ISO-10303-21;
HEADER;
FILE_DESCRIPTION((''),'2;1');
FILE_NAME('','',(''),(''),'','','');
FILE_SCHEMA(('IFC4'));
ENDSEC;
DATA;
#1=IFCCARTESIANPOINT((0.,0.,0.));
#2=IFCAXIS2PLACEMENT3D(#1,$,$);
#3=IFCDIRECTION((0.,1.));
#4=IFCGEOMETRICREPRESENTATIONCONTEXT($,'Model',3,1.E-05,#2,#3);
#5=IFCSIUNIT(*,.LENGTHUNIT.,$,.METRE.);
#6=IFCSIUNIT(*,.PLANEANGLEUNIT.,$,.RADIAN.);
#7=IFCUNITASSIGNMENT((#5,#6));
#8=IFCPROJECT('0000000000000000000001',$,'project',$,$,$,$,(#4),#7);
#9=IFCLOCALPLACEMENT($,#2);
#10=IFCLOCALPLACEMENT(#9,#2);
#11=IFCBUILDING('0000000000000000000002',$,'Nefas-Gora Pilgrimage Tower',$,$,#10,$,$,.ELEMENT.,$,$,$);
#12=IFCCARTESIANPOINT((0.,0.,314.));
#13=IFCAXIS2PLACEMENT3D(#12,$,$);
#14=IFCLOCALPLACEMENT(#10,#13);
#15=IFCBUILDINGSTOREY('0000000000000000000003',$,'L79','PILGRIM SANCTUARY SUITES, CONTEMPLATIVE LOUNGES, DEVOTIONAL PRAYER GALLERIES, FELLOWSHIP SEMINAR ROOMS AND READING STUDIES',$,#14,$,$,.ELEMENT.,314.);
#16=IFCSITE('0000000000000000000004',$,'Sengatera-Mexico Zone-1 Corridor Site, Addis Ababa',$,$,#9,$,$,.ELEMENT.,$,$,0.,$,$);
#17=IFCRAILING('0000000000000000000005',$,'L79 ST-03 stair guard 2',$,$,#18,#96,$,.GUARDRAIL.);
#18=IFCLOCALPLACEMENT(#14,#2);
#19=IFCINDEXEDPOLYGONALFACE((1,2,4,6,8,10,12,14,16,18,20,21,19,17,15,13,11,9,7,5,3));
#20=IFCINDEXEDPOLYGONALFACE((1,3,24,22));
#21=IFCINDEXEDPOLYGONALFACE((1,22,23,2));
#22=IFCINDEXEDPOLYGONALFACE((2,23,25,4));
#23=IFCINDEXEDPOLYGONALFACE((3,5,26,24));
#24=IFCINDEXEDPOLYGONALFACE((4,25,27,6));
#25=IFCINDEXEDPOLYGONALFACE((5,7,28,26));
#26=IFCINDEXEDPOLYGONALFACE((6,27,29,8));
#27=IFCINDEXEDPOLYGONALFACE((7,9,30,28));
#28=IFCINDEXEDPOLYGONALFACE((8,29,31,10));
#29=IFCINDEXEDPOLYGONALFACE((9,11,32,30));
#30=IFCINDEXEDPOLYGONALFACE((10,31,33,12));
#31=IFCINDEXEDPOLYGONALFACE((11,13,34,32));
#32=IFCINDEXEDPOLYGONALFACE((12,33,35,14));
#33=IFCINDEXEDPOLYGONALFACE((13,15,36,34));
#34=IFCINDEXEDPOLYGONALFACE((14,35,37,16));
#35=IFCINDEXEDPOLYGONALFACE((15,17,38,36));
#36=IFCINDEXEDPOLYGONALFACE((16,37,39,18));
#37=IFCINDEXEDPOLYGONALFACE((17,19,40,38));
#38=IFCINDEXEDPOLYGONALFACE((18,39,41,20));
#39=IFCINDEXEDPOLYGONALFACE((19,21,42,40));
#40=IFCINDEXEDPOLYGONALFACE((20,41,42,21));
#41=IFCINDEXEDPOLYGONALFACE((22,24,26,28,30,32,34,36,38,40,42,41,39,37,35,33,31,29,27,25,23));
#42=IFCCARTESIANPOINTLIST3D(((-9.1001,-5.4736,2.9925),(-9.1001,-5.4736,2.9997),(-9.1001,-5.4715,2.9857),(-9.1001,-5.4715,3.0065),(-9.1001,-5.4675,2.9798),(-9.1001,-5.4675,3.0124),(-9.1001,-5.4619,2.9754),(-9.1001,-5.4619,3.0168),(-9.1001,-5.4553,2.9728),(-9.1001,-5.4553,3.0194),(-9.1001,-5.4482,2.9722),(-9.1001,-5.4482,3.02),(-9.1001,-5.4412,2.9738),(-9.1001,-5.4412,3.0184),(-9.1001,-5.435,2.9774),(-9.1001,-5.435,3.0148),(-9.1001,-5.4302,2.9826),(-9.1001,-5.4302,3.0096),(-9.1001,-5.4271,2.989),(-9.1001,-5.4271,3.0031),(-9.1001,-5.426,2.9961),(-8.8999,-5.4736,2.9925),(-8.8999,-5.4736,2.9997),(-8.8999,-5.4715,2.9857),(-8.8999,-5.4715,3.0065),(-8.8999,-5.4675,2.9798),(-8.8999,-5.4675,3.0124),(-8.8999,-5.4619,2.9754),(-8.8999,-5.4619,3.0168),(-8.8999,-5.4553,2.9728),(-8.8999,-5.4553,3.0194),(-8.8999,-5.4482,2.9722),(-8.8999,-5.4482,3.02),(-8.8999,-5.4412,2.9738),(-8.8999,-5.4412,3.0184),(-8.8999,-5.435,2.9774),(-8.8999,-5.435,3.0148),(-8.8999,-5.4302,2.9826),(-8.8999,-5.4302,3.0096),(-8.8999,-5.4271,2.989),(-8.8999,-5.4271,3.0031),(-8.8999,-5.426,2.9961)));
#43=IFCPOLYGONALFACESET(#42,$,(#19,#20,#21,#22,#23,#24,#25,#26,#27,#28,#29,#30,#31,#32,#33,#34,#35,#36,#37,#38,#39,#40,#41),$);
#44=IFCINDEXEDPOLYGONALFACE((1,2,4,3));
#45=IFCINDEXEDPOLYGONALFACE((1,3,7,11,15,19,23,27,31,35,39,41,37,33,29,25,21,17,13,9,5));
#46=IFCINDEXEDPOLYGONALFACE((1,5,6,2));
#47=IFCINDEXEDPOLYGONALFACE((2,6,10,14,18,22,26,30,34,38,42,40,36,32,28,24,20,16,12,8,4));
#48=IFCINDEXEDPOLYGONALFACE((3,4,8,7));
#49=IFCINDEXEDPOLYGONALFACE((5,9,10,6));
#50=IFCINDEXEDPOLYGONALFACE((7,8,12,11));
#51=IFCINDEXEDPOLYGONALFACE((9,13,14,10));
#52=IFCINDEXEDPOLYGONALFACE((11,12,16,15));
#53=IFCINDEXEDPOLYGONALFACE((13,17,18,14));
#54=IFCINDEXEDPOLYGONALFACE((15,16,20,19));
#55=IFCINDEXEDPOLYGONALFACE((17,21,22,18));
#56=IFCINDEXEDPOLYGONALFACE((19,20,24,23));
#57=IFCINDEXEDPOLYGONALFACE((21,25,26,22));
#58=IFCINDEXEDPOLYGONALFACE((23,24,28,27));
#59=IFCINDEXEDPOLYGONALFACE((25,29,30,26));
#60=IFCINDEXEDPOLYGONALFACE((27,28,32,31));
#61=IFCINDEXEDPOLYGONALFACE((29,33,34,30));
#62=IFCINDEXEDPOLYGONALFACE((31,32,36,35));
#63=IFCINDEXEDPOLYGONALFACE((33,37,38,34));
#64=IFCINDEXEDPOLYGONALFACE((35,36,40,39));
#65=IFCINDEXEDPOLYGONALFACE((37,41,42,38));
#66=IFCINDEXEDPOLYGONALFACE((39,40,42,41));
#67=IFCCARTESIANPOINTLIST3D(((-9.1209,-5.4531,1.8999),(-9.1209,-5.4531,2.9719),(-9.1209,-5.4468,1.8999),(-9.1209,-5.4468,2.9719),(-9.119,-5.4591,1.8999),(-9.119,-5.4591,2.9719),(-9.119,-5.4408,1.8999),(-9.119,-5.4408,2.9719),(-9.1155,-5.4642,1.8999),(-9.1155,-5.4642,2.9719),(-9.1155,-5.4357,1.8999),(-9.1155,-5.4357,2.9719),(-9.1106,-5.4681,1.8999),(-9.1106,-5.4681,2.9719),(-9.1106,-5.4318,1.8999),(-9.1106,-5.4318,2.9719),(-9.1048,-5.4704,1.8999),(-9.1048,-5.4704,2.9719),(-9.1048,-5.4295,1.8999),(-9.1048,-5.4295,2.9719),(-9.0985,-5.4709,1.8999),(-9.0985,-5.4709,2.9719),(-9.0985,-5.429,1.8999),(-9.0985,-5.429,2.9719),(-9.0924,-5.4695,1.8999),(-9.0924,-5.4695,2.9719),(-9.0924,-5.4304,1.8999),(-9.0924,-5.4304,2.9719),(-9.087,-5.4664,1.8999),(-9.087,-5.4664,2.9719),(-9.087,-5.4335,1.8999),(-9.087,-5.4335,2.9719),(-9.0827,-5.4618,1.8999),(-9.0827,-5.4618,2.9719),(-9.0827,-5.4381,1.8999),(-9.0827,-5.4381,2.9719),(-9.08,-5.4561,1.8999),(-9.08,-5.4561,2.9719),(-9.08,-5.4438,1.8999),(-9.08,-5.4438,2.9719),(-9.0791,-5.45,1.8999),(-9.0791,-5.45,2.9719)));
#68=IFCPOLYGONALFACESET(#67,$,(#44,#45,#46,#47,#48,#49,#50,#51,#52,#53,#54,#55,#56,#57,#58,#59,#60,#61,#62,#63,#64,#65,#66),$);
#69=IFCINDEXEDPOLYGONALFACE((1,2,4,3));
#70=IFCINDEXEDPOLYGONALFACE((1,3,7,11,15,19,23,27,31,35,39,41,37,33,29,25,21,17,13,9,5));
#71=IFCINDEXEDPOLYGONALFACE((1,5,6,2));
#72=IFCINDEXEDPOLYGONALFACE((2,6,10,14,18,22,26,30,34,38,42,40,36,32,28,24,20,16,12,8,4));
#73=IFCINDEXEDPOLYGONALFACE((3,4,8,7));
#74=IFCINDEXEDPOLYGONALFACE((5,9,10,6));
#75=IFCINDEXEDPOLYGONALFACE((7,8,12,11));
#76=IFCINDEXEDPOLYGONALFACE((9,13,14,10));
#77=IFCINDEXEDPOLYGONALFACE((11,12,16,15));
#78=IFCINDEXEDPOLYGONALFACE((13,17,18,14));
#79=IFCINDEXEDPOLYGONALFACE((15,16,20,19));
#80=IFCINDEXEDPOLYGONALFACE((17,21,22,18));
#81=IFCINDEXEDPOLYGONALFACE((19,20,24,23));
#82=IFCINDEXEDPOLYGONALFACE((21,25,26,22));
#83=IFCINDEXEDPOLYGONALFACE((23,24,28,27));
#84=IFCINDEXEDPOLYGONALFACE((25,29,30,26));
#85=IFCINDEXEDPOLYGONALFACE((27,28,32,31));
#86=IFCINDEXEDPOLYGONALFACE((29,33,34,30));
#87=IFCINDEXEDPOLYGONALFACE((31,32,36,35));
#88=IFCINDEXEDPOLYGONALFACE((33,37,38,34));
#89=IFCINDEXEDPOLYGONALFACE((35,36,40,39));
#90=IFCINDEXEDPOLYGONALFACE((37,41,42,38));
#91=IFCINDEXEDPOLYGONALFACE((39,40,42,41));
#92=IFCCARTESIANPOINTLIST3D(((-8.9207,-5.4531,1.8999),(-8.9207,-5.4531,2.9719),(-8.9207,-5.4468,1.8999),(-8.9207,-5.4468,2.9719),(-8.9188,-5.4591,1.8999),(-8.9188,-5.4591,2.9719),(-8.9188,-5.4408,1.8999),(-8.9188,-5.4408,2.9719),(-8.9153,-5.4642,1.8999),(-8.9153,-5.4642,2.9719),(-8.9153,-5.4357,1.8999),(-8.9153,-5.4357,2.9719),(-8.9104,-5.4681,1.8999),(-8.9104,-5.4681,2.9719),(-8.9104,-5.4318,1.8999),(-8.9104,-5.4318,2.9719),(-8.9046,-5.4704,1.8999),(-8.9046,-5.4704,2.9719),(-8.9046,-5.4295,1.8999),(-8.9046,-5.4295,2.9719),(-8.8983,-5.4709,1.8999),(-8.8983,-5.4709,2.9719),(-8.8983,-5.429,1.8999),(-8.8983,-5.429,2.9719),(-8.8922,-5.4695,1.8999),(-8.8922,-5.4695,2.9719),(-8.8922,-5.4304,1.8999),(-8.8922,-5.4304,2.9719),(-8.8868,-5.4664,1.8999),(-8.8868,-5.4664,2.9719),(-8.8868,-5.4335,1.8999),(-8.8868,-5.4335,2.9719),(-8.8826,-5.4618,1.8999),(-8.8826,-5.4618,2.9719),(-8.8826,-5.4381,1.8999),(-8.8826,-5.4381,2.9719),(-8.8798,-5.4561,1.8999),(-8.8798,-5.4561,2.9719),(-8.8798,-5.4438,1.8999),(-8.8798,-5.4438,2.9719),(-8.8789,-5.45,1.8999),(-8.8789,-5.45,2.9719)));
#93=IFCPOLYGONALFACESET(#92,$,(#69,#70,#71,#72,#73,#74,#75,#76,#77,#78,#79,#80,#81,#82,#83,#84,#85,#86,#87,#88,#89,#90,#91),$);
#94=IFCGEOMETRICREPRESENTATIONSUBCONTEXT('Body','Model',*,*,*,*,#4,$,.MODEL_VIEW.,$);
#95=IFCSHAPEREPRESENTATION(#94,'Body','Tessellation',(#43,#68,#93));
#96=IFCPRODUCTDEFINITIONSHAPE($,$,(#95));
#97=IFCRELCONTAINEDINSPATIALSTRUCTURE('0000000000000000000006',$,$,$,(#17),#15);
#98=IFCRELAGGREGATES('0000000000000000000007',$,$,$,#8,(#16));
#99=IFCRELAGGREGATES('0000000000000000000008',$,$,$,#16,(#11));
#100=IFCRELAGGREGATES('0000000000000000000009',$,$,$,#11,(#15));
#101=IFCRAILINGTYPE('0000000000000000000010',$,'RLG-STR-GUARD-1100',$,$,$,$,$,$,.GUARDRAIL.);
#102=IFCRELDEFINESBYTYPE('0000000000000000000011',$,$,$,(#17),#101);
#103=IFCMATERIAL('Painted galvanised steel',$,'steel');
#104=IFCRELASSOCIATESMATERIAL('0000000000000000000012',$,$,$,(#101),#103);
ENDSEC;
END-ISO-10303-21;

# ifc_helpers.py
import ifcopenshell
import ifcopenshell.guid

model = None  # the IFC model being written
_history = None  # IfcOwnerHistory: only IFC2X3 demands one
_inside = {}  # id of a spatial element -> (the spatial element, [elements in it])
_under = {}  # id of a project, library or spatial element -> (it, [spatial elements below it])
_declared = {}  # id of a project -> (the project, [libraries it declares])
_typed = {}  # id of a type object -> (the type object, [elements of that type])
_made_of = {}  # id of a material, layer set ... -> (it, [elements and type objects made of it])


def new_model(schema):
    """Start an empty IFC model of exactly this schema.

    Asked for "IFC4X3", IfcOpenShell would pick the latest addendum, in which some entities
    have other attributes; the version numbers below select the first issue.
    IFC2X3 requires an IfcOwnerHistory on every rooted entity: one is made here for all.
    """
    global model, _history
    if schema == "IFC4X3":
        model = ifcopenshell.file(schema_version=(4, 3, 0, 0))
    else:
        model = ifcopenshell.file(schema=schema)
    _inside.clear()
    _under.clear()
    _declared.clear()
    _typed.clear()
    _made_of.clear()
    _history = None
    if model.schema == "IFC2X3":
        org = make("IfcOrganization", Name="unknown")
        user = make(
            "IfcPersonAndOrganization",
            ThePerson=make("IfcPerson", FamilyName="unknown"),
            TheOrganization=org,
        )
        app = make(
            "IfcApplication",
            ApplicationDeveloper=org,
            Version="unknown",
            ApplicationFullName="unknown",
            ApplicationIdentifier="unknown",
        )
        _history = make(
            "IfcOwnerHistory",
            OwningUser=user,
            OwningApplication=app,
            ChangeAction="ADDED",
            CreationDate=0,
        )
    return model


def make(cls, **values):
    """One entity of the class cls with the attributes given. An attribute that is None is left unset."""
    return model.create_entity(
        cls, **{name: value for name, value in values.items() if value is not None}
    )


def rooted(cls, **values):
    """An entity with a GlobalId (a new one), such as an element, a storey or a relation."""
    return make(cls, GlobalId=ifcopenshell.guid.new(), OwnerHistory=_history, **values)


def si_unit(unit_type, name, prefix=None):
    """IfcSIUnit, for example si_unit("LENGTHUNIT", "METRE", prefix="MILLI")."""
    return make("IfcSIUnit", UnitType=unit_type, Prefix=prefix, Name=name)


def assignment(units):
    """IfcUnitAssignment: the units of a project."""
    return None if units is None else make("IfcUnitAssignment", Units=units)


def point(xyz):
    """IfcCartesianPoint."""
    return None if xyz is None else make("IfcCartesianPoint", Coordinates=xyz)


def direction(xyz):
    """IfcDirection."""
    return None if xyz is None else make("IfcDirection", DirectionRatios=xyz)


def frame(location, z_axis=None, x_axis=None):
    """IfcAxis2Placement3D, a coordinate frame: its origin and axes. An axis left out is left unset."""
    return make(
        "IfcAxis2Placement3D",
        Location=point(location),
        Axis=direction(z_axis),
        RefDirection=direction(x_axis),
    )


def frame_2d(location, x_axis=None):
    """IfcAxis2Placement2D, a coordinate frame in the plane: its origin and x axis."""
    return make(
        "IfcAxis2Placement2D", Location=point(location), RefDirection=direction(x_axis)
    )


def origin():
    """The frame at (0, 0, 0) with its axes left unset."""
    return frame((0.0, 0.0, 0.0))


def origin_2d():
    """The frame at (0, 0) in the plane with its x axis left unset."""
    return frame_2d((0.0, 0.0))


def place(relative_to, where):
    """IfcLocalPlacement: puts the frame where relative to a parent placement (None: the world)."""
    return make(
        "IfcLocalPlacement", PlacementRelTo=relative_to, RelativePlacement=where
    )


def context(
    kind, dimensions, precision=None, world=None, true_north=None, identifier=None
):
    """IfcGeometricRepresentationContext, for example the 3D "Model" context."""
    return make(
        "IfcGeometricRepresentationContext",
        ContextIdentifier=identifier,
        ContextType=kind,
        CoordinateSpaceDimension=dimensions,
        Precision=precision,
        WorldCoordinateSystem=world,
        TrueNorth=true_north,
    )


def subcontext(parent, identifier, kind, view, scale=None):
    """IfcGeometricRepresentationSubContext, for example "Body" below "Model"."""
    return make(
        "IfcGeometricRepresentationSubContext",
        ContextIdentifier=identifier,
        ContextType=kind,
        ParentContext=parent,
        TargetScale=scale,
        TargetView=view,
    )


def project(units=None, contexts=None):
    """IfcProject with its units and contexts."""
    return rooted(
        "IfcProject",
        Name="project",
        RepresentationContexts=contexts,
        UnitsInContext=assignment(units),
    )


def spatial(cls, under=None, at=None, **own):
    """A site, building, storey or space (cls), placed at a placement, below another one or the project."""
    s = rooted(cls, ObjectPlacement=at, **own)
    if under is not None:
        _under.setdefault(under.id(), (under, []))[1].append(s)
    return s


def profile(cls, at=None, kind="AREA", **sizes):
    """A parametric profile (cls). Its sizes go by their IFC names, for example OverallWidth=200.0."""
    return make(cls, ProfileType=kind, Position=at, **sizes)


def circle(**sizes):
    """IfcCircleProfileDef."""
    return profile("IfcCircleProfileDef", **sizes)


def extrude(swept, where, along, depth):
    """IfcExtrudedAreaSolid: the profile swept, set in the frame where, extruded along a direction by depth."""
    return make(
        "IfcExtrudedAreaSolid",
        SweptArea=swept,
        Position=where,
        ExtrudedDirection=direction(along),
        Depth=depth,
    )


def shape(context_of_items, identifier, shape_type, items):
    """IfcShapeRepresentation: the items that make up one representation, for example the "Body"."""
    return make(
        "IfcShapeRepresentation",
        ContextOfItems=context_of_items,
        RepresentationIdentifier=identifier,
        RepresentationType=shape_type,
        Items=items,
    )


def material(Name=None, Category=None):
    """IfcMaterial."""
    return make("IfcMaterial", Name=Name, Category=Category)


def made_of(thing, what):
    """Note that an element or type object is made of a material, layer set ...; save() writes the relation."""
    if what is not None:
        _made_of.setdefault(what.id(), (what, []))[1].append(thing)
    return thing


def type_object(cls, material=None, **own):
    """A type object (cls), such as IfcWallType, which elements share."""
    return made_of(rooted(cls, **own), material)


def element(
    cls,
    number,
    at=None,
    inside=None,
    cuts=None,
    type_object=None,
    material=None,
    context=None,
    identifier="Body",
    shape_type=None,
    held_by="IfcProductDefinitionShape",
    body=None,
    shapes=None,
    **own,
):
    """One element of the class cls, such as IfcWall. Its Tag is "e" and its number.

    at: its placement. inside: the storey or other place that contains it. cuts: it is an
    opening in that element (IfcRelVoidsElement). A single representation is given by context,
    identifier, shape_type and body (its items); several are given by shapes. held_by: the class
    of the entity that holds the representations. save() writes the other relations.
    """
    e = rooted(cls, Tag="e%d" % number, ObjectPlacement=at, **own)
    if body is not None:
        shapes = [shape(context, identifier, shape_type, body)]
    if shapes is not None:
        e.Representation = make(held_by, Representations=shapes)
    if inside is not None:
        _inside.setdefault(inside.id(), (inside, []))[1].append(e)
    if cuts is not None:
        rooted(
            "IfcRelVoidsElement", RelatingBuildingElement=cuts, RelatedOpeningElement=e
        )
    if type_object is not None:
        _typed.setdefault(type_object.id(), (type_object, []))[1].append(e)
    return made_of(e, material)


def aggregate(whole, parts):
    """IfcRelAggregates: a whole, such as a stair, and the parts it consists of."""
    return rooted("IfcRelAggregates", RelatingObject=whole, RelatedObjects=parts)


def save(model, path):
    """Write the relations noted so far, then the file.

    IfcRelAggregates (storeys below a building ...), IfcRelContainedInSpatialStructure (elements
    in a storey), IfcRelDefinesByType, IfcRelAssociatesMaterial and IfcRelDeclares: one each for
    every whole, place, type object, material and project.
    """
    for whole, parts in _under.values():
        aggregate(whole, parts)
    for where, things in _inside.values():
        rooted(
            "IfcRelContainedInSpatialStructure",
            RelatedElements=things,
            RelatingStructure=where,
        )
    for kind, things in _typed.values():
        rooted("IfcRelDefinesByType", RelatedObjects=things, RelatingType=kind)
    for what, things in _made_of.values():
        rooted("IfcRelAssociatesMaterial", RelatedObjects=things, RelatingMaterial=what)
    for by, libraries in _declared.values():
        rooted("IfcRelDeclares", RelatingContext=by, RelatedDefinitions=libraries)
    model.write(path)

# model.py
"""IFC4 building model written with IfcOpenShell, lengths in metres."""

from ifc_helpers import new_model, si_unit, direction, frame, origin, origin_2d, place, context, subcontext, project, spatial, circle, extrude, material, type_object, element, save


model = new_model("IFC4")

# Units and contexts
model_context = context("Model", 3, precision=1e-05, world=origin(), true_north=direction((0.0, 1.0)))
body_context = subcontext(model_context, "Body", "Model", "MODEL_VIEW")
ifc_project = project(units=[si_unit("LENGTHUNIT", "METRE"), si_unit("PLANEANGLEUNIT", "RADIAN")], contexts=[model_context])

# Site, building, storey
site_placement = place(None, origin())
site = spatial("IfcSite", under=ifc_project, at=site_placement, Name="Sengatera-Mexico Zone-1 Corridor Site, Addis Ababa", CompositionType="ELEMENT", RefElevation=0.0)
building_placement = place(site_placement, origin())
building = spatial("IfcBuilding", under=site, at=building_placement, Name="Nefas-Gora Pilgrimage Tower", CompositionType="ELEMENT")
storey_placement = place(building_placement, frame((0.0, 0.0, 314.0)))
storey = spatial("IfcBuildingStorey", under=building, at=storey_placement, Name="L79", Description="PILGRIM SANCTUARY SUITES, CONTEMPLATIVE LOUNGES, DEVOTIONAL PRAYER GALLERIES, FELLOWSHIP SEMINAR ROOMS AND READING STUDIES", CompositionType="ELEMENT", Elevation=314.0)

# Railing
ifc_material_1 = material(Name="Painted galvanised steel", Category="steel")
railing_type_1 = type_object("IfcRailingType", Name="RLG-STR-GUARD-1100", PredefinedType="GUARDRAIL", material=ifc_material_1)
railing_1_placement = place(storey_placement, frame((-9.1001, -5.45, 1.8999)))
element("IfcRailing", 1, at=railing_1_placement, inside=storey, type_object=railing_type_1, Name="L79 ST-03 stair guard 2", PredefinedType="GUARDRAIL", context=body_context, shape_type="SweptSolid", body=[
    extrude(circle(Radius=0.0239, at=origin_2d()), frame((0.0, 0.0, 1.0962), z_axis=(1.0, 0.0, 0.0), x_axis=(0.0, 1.0, 0.0)), (0.0, 0.0, 1.0), 0.2002),
    extrude(circle(Radius=0.021, at=origin_2d()), origin(), (0.0, 0.0, 1.0), 1.072),
    extrude(circle(Radius=0.021, at=origin_2d()), frame((0.2002, 0.0, 0.0)), (0.0, 0.0, 1.0), 1.072),
])

save(model, "model.ifc")
